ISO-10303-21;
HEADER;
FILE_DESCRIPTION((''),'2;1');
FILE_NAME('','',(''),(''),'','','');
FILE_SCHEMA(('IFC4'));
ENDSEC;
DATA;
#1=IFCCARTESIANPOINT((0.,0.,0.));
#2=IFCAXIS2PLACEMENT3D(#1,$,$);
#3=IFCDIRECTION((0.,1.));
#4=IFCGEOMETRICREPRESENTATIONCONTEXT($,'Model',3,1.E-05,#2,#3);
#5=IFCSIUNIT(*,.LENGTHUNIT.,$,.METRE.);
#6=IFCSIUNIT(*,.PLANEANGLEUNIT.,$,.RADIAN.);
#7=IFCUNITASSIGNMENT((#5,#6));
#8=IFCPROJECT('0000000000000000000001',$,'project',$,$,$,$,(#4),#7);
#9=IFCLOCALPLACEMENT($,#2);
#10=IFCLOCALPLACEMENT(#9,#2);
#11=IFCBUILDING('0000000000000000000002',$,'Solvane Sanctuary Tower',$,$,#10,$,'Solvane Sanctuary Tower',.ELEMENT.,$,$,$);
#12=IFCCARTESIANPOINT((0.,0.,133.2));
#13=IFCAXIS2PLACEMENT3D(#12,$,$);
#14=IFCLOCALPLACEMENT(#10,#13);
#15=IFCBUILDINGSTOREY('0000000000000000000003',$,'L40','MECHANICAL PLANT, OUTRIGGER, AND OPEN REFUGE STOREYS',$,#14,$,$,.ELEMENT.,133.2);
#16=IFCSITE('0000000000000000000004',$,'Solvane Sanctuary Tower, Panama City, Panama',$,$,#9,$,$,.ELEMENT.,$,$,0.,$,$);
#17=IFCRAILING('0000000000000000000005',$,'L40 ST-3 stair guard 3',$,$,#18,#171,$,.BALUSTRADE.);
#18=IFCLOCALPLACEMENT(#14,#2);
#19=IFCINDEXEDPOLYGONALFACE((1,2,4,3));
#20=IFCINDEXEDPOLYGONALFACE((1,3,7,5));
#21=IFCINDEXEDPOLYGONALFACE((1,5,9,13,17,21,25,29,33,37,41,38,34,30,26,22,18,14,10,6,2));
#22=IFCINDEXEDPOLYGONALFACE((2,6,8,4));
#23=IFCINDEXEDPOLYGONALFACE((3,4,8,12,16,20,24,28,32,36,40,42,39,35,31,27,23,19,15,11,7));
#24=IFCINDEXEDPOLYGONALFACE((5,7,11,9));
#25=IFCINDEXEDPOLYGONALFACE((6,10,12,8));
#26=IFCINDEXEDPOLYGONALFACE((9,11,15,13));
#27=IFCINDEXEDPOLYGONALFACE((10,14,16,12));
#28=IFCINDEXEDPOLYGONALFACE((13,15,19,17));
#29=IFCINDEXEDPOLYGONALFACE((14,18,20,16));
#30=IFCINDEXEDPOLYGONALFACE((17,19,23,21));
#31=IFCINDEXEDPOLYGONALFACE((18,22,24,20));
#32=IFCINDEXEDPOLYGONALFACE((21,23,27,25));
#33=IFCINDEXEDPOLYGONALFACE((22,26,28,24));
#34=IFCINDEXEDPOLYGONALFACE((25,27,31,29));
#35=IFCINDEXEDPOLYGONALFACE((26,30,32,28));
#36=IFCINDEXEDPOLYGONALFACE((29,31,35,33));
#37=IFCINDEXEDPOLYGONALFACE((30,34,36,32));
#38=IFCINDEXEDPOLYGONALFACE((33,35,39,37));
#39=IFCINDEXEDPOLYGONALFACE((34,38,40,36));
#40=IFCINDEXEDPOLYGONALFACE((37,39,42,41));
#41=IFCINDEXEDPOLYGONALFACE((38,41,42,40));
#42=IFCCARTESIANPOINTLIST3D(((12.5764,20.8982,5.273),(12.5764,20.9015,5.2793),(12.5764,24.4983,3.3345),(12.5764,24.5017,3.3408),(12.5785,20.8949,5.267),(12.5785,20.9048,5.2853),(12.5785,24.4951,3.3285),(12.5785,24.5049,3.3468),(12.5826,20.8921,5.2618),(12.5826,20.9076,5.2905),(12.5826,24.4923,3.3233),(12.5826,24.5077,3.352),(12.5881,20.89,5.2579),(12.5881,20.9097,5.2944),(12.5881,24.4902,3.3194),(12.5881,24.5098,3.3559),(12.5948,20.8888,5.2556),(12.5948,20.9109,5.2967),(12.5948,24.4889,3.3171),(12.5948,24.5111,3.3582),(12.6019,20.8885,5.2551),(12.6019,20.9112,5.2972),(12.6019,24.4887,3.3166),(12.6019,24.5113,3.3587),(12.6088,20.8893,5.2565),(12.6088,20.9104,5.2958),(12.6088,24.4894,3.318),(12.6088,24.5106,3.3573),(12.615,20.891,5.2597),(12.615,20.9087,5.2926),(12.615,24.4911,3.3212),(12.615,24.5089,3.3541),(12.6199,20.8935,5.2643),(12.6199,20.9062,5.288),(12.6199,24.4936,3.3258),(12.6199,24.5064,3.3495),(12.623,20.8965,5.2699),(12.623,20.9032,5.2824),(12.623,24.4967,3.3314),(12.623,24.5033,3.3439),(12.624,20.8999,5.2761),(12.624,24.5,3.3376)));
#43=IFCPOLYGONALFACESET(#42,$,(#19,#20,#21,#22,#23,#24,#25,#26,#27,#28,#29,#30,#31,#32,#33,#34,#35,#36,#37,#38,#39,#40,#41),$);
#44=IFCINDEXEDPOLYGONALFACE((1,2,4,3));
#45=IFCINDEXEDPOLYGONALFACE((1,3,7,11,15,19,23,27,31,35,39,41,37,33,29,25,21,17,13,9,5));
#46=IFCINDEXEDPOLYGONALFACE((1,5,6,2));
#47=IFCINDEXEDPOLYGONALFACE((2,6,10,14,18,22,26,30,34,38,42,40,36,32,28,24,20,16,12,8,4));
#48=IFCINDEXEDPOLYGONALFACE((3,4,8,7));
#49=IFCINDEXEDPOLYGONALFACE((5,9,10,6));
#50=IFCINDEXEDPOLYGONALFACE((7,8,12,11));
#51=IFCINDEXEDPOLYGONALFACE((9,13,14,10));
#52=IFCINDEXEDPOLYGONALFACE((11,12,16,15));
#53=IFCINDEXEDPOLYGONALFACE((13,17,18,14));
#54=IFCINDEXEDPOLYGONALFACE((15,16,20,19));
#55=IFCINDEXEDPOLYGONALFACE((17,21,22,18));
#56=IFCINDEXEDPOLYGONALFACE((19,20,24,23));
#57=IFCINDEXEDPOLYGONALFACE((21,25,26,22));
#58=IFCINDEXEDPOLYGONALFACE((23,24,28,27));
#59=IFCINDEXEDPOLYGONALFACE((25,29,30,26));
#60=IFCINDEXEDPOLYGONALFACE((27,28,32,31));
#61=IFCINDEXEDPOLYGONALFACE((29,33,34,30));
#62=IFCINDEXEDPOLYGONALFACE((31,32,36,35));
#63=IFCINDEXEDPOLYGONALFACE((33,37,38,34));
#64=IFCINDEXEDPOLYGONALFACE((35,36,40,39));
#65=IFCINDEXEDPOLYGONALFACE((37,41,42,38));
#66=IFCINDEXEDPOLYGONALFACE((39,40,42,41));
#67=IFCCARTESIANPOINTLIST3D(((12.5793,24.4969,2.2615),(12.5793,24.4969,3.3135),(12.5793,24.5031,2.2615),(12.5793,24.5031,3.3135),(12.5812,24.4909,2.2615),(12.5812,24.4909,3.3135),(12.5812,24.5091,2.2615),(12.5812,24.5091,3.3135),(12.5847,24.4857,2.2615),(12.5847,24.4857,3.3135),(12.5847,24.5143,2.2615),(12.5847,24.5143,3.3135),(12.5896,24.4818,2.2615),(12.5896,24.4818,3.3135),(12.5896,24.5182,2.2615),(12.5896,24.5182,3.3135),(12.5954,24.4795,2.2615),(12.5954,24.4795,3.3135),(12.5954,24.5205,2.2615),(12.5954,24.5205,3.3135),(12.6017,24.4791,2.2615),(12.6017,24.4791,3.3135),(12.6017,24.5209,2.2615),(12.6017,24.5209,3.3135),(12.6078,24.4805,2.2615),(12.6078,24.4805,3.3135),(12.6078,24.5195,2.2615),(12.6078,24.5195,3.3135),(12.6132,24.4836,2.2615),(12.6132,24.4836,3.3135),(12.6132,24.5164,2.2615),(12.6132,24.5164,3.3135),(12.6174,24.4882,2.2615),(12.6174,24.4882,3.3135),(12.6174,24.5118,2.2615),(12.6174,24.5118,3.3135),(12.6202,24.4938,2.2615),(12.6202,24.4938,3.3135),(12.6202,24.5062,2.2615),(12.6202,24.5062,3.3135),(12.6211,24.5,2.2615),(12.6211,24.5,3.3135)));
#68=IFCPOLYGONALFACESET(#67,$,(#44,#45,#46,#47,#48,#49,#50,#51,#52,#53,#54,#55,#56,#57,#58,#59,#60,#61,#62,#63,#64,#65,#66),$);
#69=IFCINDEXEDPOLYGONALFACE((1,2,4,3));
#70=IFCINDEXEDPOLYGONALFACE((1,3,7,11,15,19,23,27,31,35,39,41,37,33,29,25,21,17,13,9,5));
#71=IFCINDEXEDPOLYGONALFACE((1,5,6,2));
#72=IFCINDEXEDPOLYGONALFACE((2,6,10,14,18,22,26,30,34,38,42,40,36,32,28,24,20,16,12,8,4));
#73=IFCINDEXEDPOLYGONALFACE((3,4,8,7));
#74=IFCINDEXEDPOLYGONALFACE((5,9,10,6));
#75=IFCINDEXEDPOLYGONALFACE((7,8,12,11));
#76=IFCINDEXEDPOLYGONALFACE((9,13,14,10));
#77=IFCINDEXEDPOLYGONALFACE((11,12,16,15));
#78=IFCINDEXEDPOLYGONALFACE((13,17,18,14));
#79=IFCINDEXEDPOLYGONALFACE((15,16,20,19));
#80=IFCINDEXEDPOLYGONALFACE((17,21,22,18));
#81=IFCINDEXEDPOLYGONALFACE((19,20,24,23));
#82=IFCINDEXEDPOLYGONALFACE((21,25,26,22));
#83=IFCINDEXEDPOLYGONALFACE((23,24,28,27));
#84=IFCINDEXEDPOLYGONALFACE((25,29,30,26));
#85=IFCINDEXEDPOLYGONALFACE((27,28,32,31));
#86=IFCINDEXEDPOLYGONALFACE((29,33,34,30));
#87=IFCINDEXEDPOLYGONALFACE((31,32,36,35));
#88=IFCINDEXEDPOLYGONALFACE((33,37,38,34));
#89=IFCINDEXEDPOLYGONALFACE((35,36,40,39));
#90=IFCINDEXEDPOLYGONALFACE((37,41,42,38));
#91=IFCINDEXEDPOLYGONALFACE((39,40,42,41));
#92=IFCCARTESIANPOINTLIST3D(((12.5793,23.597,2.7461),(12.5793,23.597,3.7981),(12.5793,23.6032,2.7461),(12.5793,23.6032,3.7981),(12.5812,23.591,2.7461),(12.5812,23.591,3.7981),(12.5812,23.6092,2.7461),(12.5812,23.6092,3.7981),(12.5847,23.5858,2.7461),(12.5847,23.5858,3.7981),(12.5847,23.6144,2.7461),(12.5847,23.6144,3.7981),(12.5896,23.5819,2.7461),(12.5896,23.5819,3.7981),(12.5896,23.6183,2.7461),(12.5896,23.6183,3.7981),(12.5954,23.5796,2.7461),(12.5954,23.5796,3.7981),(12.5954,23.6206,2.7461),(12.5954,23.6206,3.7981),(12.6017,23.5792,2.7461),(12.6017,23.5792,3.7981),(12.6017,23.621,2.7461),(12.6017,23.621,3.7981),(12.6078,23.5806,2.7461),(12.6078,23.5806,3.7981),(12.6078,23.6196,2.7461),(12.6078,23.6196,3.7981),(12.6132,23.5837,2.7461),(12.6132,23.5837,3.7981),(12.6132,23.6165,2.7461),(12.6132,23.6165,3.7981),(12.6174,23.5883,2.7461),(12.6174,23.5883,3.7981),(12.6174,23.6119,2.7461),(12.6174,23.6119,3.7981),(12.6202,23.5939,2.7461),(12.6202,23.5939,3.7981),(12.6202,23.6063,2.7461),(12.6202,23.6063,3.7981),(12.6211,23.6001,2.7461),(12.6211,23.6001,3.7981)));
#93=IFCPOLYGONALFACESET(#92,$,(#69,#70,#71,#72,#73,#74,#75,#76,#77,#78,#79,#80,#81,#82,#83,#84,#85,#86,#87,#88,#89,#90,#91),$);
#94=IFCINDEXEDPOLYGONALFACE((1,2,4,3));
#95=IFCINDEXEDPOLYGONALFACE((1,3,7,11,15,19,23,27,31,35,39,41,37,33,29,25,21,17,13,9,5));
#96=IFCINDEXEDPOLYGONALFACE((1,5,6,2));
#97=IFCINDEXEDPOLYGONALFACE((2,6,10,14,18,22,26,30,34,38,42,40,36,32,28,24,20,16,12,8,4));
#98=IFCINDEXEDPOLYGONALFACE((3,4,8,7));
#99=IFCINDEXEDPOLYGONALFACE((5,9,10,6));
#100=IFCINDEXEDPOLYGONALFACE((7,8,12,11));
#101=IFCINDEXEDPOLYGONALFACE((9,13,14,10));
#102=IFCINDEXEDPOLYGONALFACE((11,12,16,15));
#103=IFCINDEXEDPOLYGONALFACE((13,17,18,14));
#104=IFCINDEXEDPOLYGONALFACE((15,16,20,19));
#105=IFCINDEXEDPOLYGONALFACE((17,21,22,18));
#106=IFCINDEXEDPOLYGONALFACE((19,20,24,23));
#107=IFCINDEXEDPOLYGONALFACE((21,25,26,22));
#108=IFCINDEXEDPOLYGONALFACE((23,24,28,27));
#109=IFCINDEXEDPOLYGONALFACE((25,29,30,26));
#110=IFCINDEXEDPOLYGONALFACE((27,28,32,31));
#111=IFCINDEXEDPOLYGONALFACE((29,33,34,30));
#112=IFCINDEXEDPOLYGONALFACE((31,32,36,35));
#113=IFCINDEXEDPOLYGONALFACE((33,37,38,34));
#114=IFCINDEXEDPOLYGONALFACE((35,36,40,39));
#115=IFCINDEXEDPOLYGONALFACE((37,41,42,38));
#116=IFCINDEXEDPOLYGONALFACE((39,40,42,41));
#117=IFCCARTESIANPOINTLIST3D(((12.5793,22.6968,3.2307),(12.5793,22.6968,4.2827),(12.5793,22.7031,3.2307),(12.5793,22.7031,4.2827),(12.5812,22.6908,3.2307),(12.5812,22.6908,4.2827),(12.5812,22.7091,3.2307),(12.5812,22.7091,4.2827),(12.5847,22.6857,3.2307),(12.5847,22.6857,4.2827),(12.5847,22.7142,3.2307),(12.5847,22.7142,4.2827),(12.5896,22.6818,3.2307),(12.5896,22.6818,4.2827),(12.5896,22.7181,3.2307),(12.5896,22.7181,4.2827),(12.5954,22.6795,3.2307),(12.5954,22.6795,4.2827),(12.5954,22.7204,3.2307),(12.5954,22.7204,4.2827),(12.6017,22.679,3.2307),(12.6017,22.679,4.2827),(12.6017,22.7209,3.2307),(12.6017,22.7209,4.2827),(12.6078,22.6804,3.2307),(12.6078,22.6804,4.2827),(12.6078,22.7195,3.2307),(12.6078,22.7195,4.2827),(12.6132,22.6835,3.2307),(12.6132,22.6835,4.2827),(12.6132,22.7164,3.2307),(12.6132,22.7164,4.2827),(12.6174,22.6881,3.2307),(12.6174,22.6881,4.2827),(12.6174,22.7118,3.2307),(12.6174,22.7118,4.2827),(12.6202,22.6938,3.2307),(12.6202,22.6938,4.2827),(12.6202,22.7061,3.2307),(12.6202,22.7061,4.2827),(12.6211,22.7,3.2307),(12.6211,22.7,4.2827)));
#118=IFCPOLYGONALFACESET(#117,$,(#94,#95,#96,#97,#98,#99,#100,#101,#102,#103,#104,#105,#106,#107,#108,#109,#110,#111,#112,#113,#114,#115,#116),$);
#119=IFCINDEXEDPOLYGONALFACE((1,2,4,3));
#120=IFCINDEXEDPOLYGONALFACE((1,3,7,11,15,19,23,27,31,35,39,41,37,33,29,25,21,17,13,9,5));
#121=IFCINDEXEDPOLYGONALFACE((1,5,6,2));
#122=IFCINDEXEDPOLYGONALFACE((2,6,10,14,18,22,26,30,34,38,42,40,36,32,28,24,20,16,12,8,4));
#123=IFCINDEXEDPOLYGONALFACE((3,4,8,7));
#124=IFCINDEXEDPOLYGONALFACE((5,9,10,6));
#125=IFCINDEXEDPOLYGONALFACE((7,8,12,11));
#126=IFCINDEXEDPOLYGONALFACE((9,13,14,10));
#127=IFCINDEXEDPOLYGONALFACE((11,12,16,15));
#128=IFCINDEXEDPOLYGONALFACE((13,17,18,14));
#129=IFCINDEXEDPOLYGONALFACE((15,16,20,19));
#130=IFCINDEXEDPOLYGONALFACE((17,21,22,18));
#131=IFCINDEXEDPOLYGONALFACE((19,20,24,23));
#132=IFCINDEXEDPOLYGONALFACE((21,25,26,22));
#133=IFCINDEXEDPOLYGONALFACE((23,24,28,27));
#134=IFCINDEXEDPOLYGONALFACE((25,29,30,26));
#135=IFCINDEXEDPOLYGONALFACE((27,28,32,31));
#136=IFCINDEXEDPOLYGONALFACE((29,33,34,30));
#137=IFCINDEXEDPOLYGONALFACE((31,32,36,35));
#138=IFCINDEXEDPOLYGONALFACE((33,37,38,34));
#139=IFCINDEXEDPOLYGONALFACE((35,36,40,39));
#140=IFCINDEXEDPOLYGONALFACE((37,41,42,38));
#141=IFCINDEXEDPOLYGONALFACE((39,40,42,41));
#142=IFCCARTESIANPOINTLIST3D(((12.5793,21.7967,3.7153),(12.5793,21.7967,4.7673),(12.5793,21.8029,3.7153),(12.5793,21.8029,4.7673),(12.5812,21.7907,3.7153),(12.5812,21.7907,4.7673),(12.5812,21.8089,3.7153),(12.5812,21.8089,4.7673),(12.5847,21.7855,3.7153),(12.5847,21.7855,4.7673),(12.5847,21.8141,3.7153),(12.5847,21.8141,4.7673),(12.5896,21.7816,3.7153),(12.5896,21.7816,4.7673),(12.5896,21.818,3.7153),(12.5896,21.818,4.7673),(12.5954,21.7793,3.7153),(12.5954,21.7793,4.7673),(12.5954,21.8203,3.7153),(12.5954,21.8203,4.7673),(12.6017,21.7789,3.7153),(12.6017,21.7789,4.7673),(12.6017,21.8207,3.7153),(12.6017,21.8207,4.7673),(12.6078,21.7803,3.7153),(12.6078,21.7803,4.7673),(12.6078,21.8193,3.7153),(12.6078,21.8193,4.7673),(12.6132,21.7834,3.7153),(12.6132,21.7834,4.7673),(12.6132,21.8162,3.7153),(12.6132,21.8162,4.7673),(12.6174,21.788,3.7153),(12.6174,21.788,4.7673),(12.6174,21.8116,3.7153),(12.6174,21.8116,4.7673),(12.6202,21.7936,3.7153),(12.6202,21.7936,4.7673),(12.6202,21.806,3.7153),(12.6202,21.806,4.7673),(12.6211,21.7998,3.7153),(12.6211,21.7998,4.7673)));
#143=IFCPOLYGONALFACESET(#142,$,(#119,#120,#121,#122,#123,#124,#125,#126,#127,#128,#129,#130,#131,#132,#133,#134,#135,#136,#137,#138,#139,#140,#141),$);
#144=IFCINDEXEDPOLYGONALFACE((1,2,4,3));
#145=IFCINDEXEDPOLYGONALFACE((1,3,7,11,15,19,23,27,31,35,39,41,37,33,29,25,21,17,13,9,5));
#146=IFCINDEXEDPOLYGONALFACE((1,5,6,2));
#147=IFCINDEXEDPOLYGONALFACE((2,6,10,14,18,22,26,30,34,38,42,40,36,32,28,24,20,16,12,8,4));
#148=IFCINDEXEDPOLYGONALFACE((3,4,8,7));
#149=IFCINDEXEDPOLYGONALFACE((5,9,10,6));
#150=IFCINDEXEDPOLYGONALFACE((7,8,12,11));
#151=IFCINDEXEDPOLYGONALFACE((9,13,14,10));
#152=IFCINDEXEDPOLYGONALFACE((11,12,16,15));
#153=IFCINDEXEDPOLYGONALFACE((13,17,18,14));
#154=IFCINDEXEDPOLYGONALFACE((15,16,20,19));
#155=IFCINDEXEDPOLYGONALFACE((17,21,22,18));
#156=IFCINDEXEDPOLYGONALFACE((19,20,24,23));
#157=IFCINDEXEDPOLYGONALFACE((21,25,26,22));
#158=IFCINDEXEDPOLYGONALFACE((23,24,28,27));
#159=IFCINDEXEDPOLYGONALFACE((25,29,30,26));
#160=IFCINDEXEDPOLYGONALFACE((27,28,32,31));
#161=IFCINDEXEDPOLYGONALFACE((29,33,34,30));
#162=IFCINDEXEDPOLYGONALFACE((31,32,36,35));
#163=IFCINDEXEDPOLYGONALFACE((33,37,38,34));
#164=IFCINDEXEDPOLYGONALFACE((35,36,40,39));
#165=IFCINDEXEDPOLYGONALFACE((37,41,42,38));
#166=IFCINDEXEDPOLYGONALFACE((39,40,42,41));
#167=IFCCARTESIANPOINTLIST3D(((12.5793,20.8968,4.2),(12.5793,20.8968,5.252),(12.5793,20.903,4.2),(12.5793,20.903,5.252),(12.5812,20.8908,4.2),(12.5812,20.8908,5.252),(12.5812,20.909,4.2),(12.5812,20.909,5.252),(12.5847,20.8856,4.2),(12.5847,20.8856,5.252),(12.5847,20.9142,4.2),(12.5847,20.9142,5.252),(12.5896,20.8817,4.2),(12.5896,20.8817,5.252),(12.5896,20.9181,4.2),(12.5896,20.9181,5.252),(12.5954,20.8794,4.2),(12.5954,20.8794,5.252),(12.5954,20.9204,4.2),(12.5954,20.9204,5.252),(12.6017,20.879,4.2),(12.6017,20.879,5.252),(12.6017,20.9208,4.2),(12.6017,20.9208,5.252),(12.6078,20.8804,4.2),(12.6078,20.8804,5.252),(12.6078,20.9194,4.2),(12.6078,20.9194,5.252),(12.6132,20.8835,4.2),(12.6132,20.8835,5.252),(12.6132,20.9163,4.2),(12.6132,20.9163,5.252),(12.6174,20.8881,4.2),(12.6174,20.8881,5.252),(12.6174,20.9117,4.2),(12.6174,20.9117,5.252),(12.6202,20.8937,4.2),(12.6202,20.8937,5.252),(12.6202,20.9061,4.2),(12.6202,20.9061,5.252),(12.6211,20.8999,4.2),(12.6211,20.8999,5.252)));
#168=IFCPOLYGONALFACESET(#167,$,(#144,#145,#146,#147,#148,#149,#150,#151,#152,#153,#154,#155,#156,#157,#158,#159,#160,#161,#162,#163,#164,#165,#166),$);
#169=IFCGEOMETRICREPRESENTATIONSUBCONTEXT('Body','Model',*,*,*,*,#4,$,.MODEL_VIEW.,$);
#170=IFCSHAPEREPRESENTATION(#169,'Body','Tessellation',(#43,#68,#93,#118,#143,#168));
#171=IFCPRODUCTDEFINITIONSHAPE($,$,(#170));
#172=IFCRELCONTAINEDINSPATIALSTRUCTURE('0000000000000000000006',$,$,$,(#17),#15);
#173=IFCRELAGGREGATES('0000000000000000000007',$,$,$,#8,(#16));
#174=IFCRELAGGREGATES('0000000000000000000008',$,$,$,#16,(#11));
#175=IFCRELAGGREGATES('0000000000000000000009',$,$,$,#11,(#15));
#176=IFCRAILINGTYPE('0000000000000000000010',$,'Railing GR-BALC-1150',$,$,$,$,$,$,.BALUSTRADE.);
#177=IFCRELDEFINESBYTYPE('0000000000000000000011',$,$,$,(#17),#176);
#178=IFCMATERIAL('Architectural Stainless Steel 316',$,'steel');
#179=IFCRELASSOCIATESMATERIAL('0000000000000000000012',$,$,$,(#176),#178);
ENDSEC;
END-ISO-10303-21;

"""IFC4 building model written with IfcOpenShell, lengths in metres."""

from ifc_helpers import new_model, si_unit, direction, frame, origin, origin_2d, place, context, subcontext, project, spatial, circle, extrude, material, type_object, element, save


model = new_model("IFC4")

# Units and contexts
model_context = context("Model", 3, precision=1e-05, world=origin(), true_north=direction((0.0, 1.0)))
body_context = subcontext(model_context, "Body", "Model", "MODEL_VIEW")
ifc_project = project(units=[si_unit("LENGTHUNIT", "METRE"), si_unit("PLANEANGLEUNIT", "RADIAN")], contexts=[model_context])

# Site, building, storey
site_placement = place(None, origin())
site = spatial("IfcSite", under=ifc_project, at=site_placement, Name="Solvane Sanctuary Tower, Panama City, Panama", CompositionType="ELEMENT", RefElevation=0.0)
building_placement = place(site_placement, origin())
building = spatial("IfcBuilding", under=site, at=building_placement, Name="Solvane Sanctuary Tower", LongName="Solvane Sanctuary Tower", CompositionType="ELEMENT")
storey_placement = place(building_placement, frame((0.0, 0.0, 133.2)))
storey = spatial("IfcBuildingStorey", under=building, at=storey_placement, Name="L40", Description="MECHANICAL PLANT, OUTRIGGER, AND OPEN REFUGE STOREYS", CompositionType="ELEMENT", Elevation=133.2)

# Shared definitions
ifc_material_1 = material(Name="Architectural Stainless Steel 316", Category="steel")

# Railing
railing_type_1 = type_object("IfcRailingType", Name="Railing GR-BALC-1150", PredefinedType="BALUSTRADE", material=ifc_material_1)
railing_1_placement = place(storey_placement, frame((12.6001, 24.5, 2.2615)))
element("IfcRailing", 1, at=railing_1_placement, inside=storey, type_object=railing_type_1, Name="L40 ST-3 stair guard 3", PredefinedType="BALUSTRADE", context=body_context, shape_type="SweptSolid", body=[
    extrude(circle(Radius=0.0239, at=origin_2d()), frame((0.0, 0.0, 1.0762), z_axis=(0.0, -0.880475, 0.474093), x_axis=(1.0, 0.0, 0.0)), (0.0, 0.0, 1.0), 4.0889),
    extrude(circle(Radius=0.021, at=origin_2d()), origin(), (0.0, 0.0, 1.0), 1.052),
    extrude(circle(Radius=0.021, at=origin_2d()), frame((0.0, -0.8999, 0.4846)), (0.0, 0.0, 1.0), 1.052),
    extrude(circle(Radius=0.021, at=origin_2d()), frame((0.0, -1.8, 0.9692)), (0.0, 0.0, 1.0), 1.052),
    extrude(circle(Radius=0.021, at=origin_2d()), frame((0.0, -2.7002, 1.4539)), (0.0, 0.0, 1.0), 1.052),
    extrude(circle(Radius=0.021, at=origin_2d()), frame((0.0, -3.6001, 1.9385)), (0.0, 0.0, 1.0), 1.052),
])

save(model, "model.ifc")
